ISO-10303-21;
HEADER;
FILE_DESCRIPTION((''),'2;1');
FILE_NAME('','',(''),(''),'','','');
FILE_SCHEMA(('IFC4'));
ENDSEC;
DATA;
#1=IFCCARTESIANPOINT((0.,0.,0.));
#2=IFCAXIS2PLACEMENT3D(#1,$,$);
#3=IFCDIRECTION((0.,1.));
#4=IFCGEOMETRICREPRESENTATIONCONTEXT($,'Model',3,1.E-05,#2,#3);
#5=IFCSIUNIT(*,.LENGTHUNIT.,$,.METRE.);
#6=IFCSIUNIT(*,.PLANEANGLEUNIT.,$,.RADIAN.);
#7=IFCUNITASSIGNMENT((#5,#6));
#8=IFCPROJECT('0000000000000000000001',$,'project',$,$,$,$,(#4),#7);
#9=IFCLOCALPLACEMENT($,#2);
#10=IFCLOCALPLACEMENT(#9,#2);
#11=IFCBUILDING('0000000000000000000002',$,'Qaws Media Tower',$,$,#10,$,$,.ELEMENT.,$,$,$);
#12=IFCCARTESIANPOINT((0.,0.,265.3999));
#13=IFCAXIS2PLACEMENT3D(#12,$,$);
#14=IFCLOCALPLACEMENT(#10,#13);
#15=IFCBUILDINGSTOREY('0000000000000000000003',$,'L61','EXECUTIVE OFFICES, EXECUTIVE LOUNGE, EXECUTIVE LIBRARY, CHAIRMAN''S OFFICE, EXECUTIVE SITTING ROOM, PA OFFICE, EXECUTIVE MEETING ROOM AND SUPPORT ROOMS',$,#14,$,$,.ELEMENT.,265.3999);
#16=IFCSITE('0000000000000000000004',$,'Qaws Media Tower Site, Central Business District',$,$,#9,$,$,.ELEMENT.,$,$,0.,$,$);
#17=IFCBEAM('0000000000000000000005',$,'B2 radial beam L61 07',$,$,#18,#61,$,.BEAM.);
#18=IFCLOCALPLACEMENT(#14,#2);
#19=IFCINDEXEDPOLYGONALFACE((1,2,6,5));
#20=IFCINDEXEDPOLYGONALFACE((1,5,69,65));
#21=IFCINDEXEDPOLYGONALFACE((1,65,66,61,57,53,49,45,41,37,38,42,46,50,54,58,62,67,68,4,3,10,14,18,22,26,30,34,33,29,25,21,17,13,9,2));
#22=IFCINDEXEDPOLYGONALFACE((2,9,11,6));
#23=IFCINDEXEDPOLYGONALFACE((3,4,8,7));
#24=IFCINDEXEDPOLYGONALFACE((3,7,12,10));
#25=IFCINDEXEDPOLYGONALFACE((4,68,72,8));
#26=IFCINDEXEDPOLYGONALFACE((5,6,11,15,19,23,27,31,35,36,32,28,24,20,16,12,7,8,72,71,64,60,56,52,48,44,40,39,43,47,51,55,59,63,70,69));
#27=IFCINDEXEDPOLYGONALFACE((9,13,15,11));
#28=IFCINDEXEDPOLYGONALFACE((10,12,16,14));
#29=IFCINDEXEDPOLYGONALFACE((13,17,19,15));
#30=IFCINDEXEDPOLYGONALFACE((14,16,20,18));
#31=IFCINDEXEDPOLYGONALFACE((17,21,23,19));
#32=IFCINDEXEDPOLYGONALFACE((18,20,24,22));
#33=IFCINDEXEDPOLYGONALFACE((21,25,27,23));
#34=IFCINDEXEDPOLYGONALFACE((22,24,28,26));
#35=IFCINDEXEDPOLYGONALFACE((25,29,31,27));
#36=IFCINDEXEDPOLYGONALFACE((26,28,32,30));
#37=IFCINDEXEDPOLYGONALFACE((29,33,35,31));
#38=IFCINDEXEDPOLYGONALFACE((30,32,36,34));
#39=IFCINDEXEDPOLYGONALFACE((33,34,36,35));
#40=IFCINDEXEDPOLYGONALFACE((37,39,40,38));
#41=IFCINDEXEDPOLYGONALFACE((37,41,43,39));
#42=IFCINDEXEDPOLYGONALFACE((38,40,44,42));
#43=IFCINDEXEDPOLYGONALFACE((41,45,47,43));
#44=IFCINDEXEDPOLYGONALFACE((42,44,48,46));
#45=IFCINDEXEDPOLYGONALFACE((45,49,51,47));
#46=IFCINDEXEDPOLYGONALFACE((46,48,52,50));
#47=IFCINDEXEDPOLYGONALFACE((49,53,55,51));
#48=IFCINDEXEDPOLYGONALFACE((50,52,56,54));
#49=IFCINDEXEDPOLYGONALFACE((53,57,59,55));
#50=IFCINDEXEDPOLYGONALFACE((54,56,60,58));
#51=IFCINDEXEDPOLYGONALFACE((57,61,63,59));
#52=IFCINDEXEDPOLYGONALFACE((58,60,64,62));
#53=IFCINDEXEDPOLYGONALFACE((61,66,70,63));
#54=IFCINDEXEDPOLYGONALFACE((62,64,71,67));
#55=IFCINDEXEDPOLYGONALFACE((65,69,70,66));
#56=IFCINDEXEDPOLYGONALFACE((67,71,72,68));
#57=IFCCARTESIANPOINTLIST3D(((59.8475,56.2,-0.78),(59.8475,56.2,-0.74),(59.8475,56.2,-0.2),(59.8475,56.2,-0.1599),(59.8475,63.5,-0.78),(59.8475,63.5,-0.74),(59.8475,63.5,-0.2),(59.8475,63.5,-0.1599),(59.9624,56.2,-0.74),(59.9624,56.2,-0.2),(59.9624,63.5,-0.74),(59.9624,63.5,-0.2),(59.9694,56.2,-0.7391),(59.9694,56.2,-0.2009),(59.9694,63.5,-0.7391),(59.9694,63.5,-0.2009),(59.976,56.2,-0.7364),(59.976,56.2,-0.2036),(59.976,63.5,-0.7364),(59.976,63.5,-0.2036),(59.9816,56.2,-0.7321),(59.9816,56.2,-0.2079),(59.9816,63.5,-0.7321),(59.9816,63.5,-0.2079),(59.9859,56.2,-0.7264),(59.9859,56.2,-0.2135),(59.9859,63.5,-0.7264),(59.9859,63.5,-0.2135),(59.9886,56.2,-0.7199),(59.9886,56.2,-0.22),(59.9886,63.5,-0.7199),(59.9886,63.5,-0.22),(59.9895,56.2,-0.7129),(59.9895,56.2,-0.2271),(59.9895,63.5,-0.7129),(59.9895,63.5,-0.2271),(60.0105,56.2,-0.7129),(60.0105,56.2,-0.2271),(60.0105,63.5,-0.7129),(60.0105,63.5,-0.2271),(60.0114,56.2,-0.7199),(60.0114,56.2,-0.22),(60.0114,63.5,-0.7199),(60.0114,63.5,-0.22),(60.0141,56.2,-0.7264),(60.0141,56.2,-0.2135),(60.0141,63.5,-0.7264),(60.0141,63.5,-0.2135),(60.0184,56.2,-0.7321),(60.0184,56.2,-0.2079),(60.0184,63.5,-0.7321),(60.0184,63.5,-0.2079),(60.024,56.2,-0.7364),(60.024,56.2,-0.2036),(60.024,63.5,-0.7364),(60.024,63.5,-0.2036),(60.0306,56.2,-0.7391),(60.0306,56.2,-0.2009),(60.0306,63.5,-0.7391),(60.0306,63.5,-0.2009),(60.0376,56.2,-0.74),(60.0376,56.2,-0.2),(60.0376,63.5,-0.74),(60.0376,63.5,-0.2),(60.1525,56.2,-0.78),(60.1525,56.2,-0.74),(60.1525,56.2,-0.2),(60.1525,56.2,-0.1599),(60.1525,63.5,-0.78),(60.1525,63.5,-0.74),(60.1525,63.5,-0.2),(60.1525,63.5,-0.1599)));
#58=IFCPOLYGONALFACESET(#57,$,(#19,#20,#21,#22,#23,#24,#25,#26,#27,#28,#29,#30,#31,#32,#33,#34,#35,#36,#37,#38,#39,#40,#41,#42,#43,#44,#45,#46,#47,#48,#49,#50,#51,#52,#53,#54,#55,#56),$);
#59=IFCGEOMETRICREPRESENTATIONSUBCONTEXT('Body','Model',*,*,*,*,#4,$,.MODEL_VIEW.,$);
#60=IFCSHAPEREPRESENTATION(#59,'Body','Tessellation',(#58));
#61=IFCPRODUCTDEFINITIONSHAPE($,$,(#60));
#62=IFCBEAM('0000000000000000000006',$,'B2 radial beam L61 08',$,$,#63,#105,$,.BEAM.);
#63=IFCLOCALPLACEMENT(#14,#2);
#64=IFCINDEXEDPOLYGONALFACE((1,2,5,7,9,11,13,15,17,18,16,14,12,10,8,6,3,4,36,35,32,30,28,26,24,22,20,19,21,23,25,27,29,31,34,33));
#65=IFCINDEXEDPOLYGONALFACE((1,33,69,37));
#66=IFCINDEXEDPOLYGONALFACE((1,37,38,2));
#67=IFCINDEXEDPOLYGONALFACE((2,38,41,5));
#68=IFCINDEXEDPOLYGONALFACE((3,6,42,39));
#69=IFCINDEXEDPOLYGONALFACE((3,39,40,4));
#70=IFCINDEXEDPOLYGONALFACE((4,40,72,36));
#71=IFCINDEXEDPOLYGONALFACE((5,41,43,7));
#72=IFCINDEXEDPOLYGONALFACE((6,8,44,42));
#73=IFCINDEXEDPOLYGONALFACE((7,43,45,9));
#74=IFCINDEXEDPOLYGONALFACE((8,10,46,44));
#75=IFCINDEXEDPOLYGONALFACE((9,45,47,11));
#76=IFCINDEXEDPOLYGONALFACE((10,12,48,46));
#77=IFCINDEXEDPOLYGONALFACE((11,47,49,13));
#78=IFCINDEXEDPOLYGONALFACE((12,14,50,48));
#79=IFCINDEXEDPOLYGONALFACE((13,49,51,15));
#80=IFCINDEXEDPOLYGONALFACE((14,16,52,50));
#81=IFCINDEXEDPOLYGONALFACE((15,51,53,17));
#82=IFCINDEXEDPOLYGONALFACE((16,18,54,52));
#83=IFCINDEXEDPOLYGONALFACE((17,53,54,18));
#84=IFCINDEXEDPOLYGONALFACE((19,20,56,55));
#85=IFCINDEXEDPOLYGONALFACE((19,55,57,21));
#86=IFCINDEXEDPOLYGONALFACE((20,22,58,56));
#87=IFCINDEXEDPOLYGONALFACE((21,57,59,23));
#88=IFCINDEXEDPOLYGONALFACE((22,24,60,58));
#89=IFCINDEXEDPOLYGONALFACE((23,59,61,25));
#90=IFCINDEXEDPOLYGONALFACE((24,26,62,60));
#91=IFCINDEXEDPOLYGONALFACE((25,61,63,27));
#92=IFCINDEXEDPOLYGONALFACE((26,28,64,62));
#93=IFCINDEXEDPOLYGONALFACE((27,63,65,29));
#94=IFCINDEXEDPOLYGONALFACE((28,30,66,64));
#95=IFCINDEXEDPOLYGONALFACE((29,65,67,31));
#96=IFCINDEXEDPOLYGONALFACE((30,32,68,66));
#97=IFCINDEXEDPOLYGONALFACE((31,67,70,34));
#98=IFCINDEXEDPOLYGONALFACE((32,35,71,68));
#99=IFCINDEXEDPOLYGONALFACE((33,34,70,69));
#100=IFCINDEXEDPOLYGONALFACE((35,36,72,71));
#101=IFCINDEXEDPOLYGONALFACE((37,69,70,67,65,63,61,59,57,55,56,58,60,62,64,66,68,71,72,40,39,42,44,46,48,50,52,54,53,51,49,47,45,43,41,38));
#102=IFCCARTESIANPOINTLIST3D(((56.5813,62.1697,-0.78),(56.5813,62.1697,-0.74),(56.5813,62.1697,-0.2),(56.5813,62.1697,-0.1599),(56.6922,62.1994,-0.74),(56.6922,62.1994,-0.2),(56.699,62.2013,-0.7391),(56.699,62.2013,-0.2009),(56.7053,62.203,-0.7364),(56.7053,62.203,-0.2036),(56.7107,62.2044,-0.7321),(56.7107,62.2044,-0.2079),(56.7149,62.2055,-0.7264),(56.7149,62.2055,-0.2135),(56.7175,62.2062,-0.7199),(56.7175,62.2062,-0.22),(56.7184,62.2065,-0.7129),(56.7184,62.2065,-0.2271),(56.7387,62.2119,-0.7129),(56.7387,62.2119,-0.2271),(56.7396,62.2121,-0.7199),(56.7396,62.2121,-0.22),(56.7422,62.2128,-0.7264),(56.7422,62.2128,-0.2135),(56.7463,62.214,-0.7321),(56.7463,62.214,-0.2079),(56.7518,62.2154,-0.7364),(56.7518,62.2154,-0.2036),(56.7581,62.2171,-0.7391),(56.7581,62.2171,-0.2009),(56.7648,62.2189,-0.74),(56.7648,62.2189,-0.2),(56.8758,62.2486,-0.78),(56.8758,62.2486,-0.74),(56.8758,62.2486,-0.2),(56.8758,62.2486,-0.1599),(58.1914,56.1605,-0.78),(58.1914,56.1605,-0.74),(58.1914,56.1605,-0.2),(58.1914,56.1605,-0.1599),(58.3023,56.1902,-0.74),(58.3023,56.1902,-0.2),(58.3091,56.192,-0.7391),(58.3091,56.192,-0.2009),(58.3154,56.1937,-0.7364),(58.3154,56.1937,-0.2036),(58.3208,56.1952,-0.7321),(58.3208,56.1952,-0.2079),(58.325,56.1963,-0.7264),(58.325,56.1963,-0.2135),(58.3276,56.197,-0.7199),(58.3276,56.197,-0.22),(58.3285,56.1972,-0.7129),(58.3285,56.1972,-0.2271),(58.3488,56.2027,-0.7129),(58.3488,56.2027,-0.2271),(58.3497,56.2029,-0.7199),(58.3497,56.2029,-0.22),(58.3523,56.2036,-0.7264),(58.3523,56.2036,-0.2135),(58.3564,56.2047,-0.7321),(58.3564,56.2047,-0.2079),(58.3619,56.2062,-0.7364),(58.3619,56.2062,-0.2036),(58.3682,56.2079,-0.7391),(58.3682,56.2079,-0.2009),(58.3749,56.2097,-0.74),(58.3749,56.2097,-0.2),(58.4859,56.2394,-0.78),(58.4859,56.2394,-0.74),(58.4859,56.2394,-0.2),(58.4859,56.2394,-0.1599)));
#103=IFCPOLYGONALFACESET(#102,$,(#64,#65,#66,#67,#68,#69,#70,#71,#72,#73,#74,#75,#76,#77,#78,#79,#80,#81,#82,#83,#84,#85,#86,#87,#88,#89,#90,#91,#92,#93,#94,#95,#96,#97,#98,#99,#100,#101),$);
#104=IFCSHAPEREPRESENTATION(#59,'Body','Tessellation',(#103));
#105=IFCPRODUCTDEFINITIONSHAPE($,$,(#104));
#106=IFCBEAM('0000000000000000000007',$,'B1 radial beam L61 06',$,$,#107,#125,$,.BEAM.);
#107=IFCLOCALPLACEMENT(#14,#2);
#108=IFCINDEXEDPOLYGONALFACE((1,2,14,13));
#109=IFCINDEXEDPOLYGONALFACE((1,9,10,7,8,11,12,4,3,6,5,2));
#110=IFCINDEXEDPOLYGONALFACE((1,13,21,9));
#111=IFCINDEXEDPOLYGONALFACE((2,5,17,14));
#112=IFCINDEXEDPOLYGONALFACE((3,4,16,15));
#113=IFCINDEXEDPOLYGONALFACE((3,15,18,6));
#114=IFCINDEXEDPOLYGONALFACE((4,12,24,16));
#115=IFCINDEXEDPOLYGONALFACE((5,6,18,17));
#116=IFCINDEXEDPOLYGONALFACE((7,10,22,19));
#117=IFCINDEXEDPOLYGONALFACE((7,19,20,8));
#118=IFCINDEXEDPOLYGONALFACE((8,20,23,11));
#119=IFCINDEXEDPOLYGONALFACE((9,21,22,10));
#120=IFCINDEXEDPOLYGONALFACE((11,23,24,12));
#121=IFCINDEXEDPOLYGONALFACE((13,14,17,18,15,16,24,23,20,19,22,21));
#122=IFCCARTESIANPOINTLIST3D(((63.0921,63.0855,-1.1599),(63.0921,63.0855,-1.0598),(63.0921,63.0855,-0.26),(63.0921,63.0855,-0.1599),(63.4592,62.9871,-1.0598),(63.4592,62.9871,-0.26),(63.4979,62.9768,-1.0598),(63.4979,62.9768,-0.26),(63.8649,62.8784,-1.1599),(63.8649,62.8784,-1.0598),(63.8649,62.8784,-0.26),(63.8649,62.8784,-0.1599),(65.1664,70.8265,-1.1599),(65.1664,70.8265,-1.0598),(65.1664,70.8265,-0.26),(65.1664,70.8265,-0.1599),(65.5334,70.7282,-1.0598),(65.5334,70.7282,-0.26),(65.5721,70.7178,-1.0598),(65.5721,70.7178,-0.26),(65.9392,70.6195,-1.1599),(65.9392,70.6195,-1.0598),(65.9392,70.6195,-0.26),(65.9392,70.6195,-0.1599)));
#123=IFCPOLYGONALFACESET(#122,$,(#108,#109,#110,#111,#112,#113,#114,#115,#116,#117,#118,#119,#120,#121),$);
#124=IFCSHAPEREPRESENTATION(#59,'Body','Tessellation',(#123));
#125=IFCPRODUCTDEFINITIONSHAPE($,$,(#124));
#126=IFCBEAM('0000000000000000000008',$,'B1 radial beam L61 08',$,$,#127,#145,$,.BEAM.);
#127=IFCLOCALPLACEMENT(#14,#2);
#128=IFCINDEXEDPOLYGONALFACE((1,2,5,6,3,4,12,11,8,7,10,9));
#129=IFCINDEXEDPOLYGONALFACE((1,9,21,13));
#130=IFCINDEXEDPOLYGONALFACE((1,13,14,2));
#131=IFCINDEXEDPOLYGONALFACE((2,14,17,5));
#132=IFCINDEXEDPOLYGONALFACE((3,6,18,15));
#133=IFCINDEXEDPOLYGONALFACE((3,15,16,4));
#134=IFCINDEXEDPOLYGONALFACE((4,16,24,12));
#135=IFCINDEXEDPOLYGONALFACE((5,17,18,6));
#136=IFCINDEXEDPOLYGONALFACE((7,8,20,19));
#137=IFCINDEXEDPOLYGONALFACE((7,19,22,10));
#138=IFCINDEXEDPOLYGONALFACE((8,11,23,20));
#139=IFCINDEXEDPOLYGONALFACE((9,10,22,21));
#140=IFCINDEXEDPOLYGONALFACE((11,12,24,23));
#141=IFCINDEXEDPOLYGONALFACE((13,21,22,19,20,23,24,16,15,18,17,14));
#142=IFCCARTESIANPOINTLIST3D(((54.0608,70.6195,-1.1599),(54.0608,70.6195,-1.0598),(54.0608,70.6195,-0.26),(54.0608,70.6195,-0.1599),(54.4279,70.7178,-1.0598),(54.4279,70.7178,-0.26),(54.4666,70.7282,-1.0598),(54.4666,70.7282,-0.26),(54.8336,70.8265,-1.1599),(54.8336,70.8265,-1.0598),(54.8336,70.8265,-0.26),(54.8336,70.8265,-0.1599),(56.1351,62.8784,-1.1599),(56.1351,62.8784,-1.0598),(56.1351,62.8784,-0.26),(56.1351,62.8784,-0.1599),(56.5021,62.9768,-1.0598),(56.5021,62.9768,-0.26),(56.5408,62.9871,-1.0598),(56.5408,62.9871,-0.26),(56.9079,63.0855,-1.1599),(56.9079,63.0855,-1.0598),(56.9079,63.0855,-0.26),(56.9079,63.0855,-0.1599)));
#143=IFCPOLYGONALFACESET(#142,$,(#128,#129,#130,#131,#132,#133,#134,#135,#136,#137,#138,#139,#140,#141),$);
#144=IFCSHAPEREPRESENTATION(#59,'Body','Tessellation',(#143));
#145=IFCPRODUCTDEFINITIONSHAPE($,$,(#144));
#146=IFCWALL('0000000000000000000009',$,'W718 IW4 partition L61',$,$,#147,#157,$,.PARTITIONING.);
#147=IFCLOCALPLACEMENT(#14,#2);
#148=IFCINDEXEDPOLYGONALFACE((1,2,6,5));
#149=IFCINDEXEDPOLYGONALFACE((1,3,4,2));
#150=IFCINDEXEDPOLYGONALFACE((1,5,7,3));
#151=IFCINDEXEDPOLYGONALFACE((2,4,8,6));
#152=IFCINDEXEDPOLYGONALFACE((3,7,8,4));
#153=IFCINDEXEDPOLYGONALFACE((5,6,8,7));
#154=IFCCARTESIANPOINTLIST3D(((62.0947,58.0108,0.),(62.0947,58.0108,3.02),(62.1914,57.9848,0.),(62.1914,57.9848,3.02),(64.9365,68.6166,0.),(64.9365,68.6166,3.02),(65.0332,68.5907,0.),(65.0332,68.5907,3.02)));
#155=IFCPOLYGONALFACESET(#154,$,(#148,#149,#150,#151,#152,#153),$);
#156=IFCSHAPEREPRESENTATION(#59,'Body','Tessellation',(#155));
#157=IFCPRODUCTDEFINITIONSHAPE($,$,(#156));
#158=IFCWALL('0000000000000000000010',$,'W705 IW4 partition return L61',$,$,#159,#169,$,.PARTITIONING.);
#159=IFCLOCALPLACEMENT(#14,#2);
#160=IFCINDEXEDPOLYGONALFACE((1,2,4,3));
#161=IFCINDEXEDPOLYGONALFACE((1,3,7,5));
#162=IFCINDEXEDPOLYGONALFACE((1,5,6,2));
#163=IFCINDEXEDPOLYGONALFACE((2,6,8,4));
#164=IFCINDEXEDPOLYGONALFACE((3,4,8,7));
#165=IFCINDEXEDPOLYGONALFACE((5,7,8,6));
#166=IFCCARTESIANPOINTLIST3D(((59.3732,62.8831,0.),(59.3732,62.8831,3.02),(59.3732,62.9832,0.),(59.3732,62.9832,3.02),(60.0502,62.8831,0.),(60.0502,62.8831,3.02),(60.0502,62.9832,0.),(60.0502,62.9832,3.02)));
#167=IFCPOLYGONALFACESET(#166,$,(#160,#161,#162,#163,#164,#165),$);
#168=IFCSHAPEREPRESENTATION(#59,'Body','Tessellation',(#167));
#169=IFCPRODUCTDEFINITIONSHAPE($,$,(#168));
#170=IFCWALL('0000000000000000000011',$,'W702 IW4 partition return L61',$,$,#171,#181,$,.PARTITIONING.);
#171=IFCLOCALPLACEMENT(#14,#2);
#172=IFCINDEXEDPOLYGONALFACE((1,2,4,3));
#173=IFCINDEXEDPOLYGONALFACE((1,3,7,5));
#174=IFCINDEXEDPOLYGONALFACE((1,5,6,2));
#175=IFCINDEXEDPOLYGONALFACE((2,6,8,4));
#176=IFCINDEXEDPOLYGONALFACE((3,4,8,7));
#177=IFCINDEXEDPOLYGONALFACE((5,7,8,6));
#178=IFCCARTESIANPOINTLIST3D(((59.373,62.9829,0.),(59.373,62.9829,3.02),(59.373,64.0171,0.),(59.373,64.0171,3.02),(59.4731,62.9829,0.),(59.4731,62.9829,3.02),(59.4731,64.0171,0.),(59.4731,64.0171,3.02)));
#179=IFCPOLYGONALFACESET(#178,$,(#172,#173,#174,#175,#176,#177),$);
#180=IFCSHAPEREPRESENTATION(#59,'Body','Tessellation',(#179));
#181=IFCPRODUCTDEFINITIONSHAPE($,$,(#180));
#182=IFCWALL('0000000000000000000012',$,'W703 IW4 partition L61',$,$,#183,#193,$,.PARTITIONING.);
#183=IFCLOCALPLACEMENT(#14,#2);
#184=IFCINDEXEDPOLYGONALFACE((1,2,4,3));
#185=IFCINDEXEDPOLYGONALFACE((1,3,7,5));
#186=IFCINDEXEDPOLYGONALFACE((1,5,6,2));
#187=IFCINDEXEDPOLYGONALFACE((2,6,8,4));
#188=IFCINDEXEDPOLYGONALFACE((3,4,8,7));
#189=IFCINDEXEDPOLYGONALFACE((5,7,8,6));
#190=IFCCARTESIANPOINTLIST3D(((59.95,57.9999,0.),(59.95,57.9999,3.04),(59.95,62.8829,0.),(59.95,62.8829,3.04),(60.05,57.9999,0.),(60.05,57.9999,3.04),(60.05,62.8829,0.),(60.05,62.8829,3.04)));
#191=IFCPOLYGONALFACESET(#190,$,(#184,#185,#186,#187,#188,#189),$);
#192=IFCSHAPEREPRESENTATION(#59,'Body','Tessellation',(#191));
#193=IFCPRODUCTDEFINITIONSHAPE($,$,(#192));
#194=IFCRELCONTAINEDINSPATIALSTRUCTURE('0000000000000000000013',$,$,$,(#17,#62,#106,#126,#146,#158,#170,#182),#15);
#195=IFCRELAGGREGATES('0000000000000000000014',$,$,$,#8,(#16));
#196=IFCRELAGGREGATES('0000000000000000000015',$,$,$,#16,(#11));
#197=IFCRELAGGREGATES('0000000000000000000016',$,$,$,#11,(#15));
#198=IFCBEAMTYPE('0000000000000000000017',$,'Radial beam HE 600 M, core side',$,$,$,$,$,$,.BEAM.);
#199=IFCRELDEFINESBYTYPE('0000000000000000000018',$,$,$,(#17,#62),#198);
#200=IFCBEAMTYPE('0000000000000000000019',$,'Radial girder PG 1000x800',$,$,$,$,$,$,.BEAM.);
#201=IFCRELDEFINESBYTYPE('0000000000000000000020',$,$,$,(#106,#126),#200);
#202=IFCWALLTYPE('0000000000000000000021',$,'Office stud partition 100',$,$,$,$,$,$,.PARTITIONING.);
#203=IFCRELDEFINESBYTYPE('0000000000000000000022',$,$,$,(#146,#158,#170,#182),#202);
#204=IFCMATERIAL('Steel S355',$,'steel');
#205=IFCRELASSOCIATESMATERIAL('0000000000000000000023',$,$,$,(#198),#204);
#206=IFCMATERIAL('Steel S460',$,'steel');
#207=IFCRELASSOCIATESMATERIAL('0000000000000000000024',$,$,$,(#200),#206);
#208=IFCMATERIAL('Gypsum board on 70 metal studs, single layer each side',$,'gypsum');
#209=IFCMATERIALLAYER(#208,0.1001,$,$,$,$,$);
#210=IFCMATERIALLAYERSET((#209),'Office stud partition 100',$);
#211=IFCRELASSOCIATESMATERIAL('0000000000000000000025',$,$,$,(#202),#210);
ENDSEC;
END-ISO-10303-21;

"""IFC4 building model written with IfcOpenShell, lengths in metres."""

from ifc_helpers import new_model, si_unit, direction, frame, frame_2d, origin, origin_2d, place, context, subcontext, project, spatial, rectangle, i_section, extrude, material, layer, layer_set, material_profile, profile_set, type_object, element, save


model = new_model("IFC4")

# Units and contexts
model_context = context("Model", 3, precision=1e-05, world=origin(), true_north=direction((0.0, 1.0)))
body_context = subcontext(model_context, "Body", "Model", "MODEL_VIEW")
ifc_project = project(units=[si_unit("LENGTHUNIT", "METRE"), si_unit("PLANEANGLEUNIT", "RADIAN")], contexts=[model_context])

# Site, building, storey
site_placement = place(None, origin())
site = spatial("IfcSite", under=ifc_project, at=site_placement, Name="Qaws Media Tower Site, Central Business District", CompositionType="ELEMENT", RefElevation=0.0)
building_placement = place(site_placement, origin())
building = spatial("IfcBuilding", under=site, at=building_placement, Name="Qaws Media Tower", CompositionType="ELEMENT")
storey_placement = place(building_placement, frame((0.0, 0.0, 265.3999)))
storey = spatial("IfcBuildingStorey", under=building, at=storey_placement, Name="L61", Description="EXECUTIVE OFFICES, EXECUTIVE LOUNGE, EXECUTIVE LIBRARY, CHAIRMAN'S OFFICE, EXECUTIVE SITTING ROOM, PA OFFICE, EXECUTIVE MEETING ROOM AND SUPPORT ROOMS", CompositionType="ELEMENT", Elevation=265.3999)

# Beams
ifc_material_1 = material(Name="Steel S355", Category="steel")
ifc_material_profile_1 = material_profile(ifc_material_1, i_section(OverallWidth=0.3049, OverallDepth=0.6201, WebThickness=0.021, FlangeThickness=0.04, FilletRadius=0.0271, at=origin_2d()), Name="HE 600 M")
ifc_profile_set_1 = profile_set([ifc_material_profile_1], Name="Steel S355")
beam_type_1 = type_object("IfcBeamType", Name="Radial beam HE 600 M, core side", PredefinedType="BEAM", material=ifc_profile_set_1)
beam_1_placement = place(storey_placement, frame((60.0, 56.2, -0.47), z_axis=(0.0, 1.0, 0.0), x_axis=(-1.0, 0.0, 0.0)))
element("IfcBeam", 1, at=beam_1_placement, inside=storey, type_object=beam_type_1, Name="B2 radial beam L61 07", PredefinedType="BEAM", context=body_context, shape_type="SweptSolid", body=[
    extrude(i_section(OverallWidth=0.3049, OverallDepth=0.6201, WebThickness=0.021, FlangeThickness=0.04, FilletRadius=0.0271, at=origin_2d()), origin(), (0.0, 0.0, 1.0), 7.3),
])
beam_2_placement = place(storey_placement, frame((58.3386, 56.2, -0.47), z_axis=(-0.258808, 0.965929, 0.0), x_axis=(-0.965929, -0.258808, 0.0)))
element("IfcBeam", 2, at=beam_2_placement, inside=storey, type_object=beam_type_1, Name="B2 radial beam L61 08", PredefinedType="BEAM", context=body_context, shape_type="SweptSolid", body=[
    extrude(i_section(OverallWidth=0.3049, OverallDepth=0.6201, WebThickness=0.021, FlangeThickness=0.04, FilletRadius=0.0271, at=origin_2d()), origin(), (0.0, 0.0, 1.0), 6.2212),
])
ifc_material_2 = material(Name="Steel S460", Category="steel")
ifc_material_profile_2 = material_profile(ifc_material_2, i_section(OverallWidth=0.8, OverallDepth=1.0, WebThickness=0.04, FlangeThickness=0.1001, at=origin_2d()), Name="PG 1000x800")
ifc_profile_set_2 = profile_set([ifc_material_profile_2], Name="Steel S460")
beam_type_2 = type_object("IfcBeamType", Name="Radial girder PG 1000x800", PredefinedType="BEAM", material=ifc_profile_set_2)
for number, where, z_axis, x_axis, name in (
    (3, (63.4785, 62.9819, -0.6599), (0.258823, 0.965925, 0.0), (-0.965925, 0.258823, 0.0), "B1 radial beam L61 06"),
    (4, (56.5215, 62.9819, -0.6599), (-0.258823, 0.965925, 0.0), (-0.965925, -0.258823, 0.0), "B1 radial beam L61 08"),
):
    element("IfcBeam", number, at=place(storey_placement, frame(where, z_axis=z_axis, x_axis=x_axis)), inside=storey, type_object=beam_type_2, Name=name, PredefinedType="BEAM", context=body_context, shape_type="SweptSolid", body=[
        extrude(i_section(OverallWidth=0.8, OverallDepth=1.0, WebThickness=0.04, FlangeThickness=0.1001, at=origin_2d()), origin(), (0.0, 0.0, 1.0), 8.0142),
    ])

# Walls
ifc_material_3 = material(Name="Gypsum board on 70 metal studs, single layer each side", Category="gypsum")
ifc_layer_1 = layer(ifc_material_3, 0.1001)
ifc_layer_set_1 = layer_set([ifc_layer_1], Name="Office stud partition 100")
wall_type_1 = type_object("IfcWallType", Name="Office stud partition 100", PredefinedType="PARTITIONING", material=ifc_layer_set_1)
wall_1_placement = place(storey_placement, frame((62.1431, 57.9978, 0.0), z_axis=(0.0, 0.0, 1.0), x_axis=(0.258814, 0.965927, 0.0)))
element("IfcWall", 5, at=wall_1_placement, inside=storey, type_object=wall_type_1, Name="W718 IW4 partition L61", PredefinedType="PARTITIONING", context=body_context, shape_type="SweptSolid", body=[
    extrude(rectangle(XDim=10.98, YDim=0.1001, at=frame_2d((5.49, 0.0))), origin(), (0.0, 0.0, 1.0), 3.02),
])
wall_2_placement = place(storey_placement, frame((60.05, 62.9331, 0.0), z_axis=(0.0, 0.0, 1.0), x_axis=(-1.0, 0.0, 0.0)))
element("IfcWall", 6, at=wall_2_placement, inside=storey, type_object=wall_type_1, Name="W705 IW4 partition return L61", PredefinedType="PARTITIONING", context=body_context, shape_type="SweptSolid", body=[
    extrude(rectangle(XDim=0.677, YDim=0.1001, at=frame_2d((0.3384, 0.0))), origin(), (0.0, 0.0, 1.0), 3.02),
])
wall_3_placement = place(storey_placement, frame((59.4231, 62.9829, 0.0), z_axis=(0.0, 0.0, 1.0), x_axis=(0.0, 1.0, 0.0)))
element("IfcWall", 7, at=wall_3_placement, inside=storey, type_object=wall_type_1, Name="W702 IW4 partition return L61", PredefinedType="PARTITIONING", context=body_context, shape_type="SweptSolid", body=[
    extrude(rectangle(XDim=1.0342, YDim=0.1001, at=frame_2d((0.5171, 0.0))), origin(), (0.0, 0.0, 1.0), 3.02),
])
wall_4_placement = place(storey_placement, frame((60.0, 58.0, 0.0), z_axis=(0.0, 0.0, 1.0), x_axis=(0.0, 1.0, 0.0)))
element("IfcWall", 8, at=wall_4_placement, inside=storey, type_object=wall_type_1, Name="W703 IW4 partition L61", PredefinedType="PARTITIONING", context=body_context, shape_type="SweptSolid", body=[
    extrude(rectangle(XDim=4.8831, YDim=0.1001, at=frame_2d((2.4414, 0.0))), origin(), (0.0, 0.0, 1.0), 3.04),
])

save(model, "model.ifc")
